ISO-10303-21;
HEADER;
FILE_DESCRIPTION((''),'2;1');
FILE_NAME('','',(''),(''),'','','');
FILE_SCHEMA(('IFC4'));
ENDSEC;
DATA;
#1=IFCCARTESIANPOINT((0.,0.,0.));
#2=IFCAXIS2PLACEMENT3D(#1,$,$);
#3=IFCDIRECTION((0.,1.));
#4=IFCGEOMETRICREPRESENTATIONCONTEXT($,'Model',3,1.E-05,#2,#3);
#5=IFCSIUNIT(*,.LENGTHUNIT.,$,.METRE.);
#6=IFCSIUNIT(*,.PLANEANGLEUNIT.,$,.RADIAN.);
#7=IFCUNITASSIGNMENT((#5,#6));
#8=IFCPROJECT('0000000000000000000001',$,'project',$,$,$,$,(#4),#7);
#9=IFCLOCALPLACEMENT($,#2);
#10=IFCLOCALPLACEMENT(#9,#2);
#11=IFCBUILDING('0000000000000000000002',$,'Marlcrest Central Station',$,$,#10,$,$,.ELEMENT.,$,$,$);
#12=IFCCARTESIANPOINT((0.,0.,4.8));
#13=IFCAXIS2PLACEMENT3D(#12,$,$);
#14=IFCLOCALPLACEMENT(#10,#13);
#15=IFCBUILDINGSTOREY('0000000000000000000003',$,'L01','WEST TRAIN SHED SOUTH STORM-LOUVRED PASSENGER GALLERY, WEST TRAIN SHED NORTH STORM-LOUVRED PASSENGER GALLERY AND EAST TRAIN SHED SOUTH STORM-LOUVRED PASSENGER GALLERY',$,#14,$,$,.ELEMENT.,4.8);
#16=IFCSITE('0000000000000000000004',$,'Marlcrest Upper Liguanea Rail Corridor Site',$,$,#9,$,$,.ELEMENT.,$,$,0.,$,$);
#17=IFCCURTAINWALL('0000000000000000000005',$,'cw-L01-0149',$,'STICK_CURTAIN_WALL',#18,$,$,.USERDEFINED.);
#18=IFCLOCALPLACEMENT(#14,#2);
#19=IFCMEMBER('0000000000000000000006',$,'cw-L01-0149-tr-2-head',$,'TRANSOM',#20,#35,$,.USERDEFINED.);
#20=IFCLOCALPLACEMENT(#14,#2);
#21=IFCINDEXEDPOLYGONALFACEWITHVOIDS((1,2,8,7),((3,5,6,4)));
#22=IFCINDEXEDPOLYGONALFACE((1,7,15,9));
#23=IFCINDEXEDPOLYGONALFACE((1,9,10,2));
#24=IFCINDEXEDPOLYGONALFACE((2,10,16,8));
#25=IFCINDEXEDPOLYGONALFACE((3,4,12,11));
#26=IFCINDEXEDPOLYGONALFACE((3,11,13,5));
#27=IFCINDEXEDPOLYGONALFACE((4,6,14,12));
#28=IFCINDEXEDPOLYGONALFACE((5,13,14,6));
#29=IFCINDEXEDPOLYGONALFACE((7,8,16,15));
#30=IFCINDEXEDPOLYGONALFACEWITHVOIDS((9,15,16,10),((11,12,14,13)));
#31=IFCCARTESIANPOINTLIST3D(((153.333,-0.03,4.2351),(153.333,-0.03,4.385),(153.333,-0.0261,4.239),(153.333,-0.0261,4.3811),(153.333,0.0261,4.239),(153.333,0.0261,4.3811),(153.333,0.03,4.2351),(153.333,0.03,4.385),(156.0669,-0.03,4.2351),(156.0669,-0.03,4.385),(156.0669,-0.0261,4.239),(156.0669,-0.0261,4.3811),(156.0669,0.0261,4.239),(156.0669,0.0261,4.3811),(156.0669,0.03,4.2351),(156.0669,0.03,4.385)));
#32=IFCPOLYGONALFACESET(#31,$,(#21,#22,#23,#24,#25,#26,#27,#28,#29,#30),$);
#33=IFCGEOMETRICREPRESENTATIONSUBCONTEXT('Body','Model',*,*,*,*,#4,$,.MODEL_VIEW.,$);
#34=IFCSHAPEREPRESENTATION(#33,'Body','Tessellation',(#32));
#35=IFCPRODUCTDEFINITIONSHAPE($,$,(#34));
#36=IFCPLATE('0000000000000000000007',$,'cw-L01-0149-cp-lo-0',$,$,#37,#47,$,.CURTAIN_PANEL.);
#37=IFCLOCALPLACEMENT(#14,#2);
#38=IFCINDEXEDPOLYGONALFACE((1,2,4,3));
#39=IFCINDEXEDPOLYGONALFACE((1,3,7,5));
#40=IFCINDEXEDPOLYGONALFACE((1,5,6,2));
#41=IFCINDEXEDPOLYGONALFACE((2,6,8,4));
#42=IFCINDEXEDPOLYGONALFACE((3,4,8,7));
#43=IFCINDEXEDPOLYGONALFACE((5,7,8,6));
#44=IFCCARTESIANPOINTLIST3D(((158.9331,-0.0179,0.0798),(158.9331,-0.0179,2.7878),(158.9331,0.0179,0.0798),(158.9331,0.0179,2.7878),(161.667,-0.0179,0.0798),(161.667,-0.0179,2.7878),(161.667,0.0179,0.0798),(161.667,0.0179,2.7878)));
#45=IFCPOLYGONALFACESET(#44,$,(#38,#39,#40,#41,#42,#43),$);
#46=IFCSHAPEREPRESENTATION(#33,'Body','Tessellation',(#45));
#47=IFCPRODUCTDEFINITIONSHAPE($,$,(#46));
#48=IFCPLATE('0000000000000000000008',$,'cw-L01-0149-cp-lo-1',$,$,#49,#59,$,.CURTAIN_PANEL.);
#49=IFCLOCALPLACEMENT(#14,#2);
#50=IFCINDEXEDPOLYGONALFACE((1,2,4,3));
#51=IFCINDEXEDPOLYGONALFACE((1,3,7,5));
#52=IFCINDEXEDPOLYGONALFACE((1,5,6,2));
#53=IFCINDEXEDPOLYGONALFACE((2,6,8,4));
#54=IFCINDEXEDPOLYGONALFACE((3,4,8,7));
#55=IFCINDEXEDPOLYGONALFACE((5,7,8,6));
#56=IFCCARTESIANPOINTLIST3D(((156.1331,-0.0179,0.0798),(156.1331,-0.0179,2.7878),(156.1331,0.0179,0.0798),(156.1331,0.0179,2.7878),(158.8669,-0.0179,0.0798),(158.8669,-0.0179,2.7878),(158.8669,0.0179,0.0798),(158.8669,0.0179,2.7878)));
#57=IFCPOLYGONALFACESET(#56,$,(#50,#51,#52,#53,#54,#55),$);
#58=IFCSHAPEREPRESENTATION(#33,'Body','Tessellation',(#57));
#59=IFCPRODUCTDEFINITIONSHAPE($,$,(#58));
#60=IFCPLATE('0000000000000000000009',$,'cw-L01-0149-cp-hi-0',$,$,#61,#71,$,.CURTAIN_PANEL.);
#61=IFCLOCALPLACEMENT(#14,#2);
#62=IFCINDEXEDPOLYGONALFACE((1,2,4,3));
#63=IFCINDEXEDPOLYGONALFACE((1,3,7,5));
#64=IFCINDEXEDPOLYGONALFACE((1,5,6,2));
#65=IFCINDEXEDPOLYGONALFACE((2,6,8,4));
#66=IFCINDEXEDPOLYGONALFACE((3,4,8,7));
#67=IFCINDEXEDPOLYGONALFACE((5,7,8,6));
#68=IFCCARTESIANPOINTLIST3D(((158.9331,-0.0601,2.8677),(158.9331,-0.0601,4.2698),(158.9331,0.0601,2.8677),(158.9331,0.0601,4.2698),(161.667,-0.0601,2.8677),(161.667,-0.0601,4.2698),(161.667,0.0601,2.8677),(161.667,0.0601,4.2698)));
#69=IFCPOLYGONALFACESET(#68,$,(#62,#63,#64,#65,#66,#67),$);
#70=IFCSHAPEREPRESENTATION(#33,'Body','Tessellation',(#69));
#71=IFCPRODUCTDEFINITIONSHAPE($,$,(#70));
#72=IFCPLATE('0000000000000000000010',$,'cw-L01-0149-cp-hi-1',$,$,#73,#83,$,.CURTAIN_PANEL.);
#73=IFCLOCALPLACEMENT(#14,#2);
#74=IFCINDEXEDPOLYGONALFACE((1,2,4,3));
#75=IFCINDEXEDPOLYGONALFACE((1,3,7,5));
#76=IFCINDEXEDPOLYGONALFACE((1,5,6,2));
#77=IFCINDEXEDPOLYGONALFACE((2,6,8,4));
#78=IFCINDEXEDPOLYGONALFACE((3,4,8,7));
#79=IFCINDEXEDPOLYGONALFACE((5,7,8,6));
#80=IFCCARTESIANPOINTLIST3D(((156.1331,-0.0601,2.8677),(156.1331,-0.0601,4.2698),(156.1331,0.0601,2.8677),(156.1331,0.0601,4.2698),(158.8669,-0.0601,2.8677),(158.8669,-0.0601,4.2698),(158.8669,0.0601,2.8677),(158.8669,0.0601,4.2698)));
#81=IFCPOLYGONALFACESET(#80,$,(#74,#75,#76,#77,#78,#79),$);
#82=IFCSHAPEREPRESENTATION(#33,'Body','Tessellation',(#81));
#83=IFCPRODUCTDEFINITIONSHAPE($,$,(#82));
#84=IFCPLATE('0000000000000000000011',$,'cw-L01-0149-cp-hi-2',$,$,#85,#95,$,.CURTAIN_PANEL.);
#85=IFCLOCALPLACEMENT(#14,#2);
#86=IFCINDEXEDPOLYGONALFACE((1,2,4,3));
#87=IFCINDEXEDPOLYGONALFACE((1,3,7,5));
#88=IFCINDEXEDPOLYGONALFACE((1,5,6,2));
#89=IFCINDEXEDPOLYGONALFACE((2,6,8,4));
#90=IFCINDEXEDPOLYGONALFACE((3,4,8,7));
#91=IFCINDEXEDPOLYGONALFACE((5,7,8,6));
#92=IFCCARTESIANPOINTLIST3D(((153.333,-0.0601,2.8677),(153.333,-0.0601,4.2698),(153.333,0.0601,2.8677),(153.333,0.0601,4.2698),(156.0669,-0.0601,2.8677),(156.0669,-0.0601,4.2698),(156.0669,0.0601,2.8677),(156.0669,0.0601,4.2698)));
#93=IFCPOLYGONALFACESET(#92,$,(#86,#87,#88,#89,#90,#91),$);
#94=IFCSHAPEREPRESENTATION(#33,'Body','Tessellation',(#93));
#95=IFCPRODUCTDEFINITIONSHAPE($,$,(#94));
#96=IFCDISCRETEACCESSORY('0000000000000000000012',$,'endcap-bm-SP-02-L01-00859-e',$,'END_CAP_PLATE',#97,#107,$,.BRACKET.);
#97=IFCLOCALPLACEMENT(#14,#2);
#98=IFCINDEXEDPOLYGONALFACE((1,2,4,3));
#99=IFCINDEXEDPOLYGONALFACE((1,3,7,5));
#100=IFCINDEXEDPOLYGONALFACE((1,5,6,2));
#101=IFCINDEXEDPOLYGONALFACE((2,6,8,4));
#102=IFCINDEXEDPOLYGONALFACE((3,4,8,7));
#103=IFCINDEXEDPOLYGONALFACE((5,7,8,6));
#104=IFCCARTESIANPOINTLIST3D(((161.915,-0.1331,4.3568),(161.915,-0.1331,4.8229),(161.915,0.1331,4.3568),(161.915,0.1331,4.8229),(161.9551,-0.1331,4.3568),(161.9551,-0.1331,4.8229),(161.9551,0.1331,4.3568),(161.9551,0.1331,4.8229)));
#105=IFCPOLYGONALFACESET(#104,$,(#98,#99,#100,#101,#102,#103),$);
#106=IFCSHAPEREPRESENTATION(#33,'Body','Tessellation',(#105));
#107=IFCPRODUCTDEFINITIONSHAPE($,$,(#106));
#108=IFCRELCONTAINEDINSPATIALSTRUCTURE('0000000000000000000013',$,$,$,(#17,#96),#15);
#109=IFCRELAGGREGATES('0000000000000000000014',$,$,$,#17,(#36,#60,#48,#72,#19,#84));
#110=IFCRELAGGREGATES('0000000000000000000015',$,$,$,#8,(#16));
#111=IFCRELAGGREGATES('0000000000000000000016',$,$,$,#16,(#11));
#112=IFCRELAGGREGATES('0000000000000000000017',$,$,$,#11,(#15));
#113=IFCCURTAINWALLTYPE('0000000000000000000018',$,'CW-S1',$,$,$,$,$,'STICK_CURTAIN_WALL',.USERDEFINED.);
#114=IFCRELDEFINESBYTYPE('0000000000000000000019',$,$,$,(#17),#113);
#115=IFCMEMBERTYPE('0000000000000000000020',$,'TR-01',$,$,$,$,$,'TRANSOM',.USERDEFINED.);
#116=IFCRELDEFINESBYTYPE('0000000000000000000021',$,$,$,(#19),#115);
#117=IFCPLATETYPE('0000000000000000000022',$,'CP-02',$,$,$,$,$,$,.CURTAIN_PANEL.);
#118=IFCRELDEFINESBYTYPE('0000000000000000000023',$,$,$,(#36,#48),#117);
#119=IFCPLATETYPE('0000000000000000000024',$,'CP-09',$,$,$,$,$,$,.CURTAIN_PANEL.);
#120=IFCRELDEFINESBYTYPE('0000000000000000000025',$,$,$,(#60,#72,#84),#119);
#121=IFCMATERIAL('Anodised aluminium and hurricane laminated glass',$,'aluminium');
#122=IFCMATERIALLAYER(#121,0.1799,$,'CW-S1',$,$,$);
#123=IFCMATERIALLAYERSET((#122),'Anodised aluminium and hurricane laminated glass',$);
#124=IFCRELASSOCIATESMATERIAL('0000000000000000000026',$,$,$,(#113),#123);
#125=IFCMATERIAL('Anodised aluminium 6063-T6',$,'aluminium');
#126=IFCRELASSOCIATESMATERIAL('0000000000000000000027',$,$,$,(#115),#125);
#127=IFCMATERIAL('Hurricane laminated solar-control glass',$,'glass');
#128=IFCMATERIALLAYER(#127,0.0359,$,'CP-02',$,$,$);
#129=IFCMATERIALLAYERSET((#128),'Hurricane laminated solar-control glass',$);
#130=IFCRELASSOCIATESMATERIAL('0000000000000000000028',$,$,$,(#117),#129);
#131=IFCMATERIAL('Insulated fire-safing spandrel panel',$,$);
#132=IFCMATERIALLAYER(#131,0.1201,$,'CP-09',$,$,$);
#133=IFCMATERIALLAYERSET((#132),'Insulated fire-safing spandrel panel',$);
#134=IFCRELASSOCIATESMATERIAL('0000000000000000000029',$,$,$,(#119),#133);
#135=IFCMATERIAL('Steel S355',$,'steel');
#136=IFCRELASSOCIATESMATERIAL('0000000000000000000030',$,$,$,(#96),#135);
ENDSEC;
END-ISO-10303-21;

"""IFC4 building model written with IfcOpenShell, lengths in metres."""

from ifc_helpers import new_model, si_unit, direction, frame, origin, origin_2d, place, context, subcontext, project, spatial, rectangle, hollow_rectangle, extrude, material, layer, layer_set, material_profile, profile_set, type_object, element, aggregate, save


model = new_model("IFC4")

# Units and contexts
model_context = context("Model", 3, precision=1e-05, world=origin(), true_north=direction((0.0, 1.0)))
body_context = subcontext(model_context, "Body", "Model", "MODEL_VIEW")
ifc_project = project(units=[si_unit("LENGTHUNIT", "METRE"), si_unit("PLANEANGLEUNIT", "RADIAN")], contexts=[model_context])

# Site, building, storey
site_placement = place(None, origin())
site = spatial("IfcSite", under=ifc_project, at=site_placement, Name="Marlcrest Upper Liguanea Rail Corridor Site", CompositionType="ELEMENT", RefElevation=0.0)
building_placement = place(site_placement, origin())
building = spatial("IfcBuilding", under=site, at=building_placement, Name="Marlcrest Central Station", CompositionType="ELEMENT")
storey_placement = place(building_placement, frame((0.0, 0.0, 4.8)))
storey = spatial("IfcBuildingStorey", under=building, at=storey_placement, Name="L01", Description="WEST TRAIN SHED SOUTH STORM-LOUVRED PASSENGER GALLERY, WEST TRAIN SHED NORTH STORM-LOUVRED PASSENGER GALLERY AND EAST TRAIN SHED SOUTH STORM-LOUVRED PASSENGER GALLERY", CompositionType="ELEMENT", Elevation=4.8)

# Shared definitions
ifc_material_1 = material(Name="Steel S355", Category="steel")

# Curtain wall, member, plates
ifc_material_2 = material(Name="Anodised aluminium and hurricane laminated glass", Category="aluminium")
ifc_layer_1 = layer(ifc_material_2, 0.1799, Name="CW-S1")
ifc_layer_set_1 = layer_set([ifc_layer_1], Name="Anodised aluminium and hurricane laminated glass")
curtain_wall_type = type_object("IfcCurtainWallType", Name="CW-S1", ElementType="STICK_CURTAIN_WALL", PredefinedType="USERDEFINED", material=ifc_layer_set_1)
curtain_wall_placement = place(storey_placement, origin())
curtain_wall = element("IfcCurtainWall", 1, at=curtain_wall_placement, inside=storey, type_object=curtain_wall_type, Name="cw-L01-0149", ObjectType="STICK_CURTAIN_WALL", PredefinedType="USERDEFINED")
ifc_material_3 = material(Name="Anodised aluminium 6063-T6", Category="aluminium")
ifc_material_profile_1 = material_profile(ifc_material_3, hollow_rectangle(XDim=0.0601, YDim=0.1499, WallThickness=0.0039, at=origin_2d()), Name="AA-RHS 150x60x4")
ifc_profile_set_1 = profile_set([ifc_material_profile_1], Name="Anodised aluminium 6063-T6")
member_type_1 = type_object("IfcMemberType", Name="TR-01", ElementType="TRANSOM", PredefinedType="USERDEFINED", material=ifc_profile_set_1)
member_1_placement = place(storey_placement, frame((156.0669, 0.0, 4.3101), z_axis=(-1.0, 0.0, 0.0), x_axis=(0.0, -1.0, 0.0)))
member_1 = element("IfcMember", 2, at=member_1_placement, type_object=member_type_1, Name="cw-L01-0149-tr-2-head", ObjectType="TRANSOM", PredefinedType="USERDEFINED", context=body_context, shape_type="SweptSolid", body=[
    extrude(hollow_rectangle(XDim=0.0601, YDim=0.1499, WallThickness=0.0039, at=origin_2d()), origin(), (0.0, 0.0, 1.0), 2.7339),
])
ifc_material_4 = material(Name="Hurricane laminated solar-control glass", Category="glass")
ifc_layer_2 = layer(ifc_material_4, 0.0359, Name="CP-02")
ifc_layer_set_2 = layer_set([ifc_layer_2], Name="Hurricane laminated solar-control glass")
plate_type_1 = type_object("IfcPlateType", Name="CP-02", PredefinedType="CURTAIN_PANEL", material=ifc_layer_set_2)
plate_1_placement = place(storey_placement, frame((160.3, 0.0, 0.0798), z_axis=(0.0, 0.0, 1.0), x_axis=(-1.0, 0.0, 0.0)))
plate_1 = element("IfcPlate", 3, at=plate_1_placement, type_object=plate_type_1, Name="cw-L01-0149-cp-lo-0", PredefinedType="CURTAIN_PANEL", context=body_context, shape_type="SweptSolid", body=[
    extrude(rectangle(XDim=2.7339, YDim=0.0359, at=origin_2d()), origin(), (0.0, 0.0, 1.0), 2.708),
])
plate_2_placement = place(storey_placement, frame((157.5, 0.0, 0.0798), z_axis=(0.0, 0.0, 1.0), x_axis=(-1.0, 0.0, 0.0)))
plate_2 = element("IfcPlate", 4, at=plate_2_placement, type_object=plate_type_1, Name="cw-L01-0149-cp-lo-1", PredefinedType="CURTAIN_PANEL", context=body_context, shape_type="SweptSolid", body=[
    extrude(rectangle(XDim=2.7339, YDim=0.0359, at=origin_2d()), origin(), (0.0, 0.0, 1.0), 2.708),
])
ifc_material_5 = material(Name="Insulated fire-safing spandrel panel")
ifc_layer_3 = layer(ifc_material_5, 0.1201, Name="CP-09")
ifc_layer_set_3 = layer_set([ifc_layer_3], Name="Insulated fire-safing spandrel panel")
plate_type_2 = type_object("IfcPlateType", Name="CP-09", PredefinedType="CURTAIN_PANEL", material=ifc_layer_set_3)
plate_3_placement = place(storey_placement, frame((160.3, 0.0, 2.8677), z_axis=(0.0, 0.0, 1.0), x_axis=(-1.0, 0.0, 0.0)))
plate_3 = element("IfcPlate", 5, at=plate_3_placement, type_object=plate_type_2, Name="cw-L01-0149-cp-hi-0", PredefinedType="CURTAIN_PANEL", context=body_context, shape_type="SweptSolid", body=[
    extrude(rectangle(XDim=2.7339, YDim=0.1201, at=origin_2d()), origin(), (0.0, 0.0, 1.0), 1.4021),
])
plate_4_placement = place(storey_placement, frame((157.5, 0.0, 2.8677), z_axis=(0.0, 0.0, 1.0), x_axis=(-1.0, 0.0, 0.0)))
plate_4 = element("IfcPlate", 6, at=plate_4_placement, type_object=plate_type_2, Name="cw-L01-0149-cp-hi-1", PredefinedType="CURTAIN_PANEL", context=body_context, shape_type="SweptSolid", body=[
    extrude(rectangle(XDim=2.7339, YDim=0.1201, at=origin_2d()), origin(), (0.0, 0.0, 1.0), 1.4021),
])
plate_5_placement = place(storey_placement, frame((154.7, 0.0, 2.8677), z_axis=(0.0, 0.0, 1.0), x_axis=(-1.0, 0.0, 0.0)))
plate_5 = element("IfcPlate", 7, at=plate_5_placement, type_object=plate_type_2, Name="cw-L01-0149-cp-hi-2", PredefinedType="CURTAIN_PANEL", context=body_context, shape_type="SweptSolid", body=[
    extrude(rectangle(XDim=2.7339, YDim=0.1201, at=origin_2d()), origin(), (0.0, 0.0, 1.0), 1.4021),
])
aggregate(curtain_wall, [plate_1, plate_3, plate_2, plate_4, member_1, plate_5])

# Discrete accessory
discrete_accessory_placement = place(storey_placement, frame((161.915, 0.0, 4.5898), z_axis=(1.0, 0.0, 0.0), x_axis=(0.0, 1.0, 0.0)))
element("IfcDiscreteAccessory", 8, at=discrete_accessory_placement, inside=storey, material=ifc_material_1, Name="endcap-bm-SP-02-L01-00859-e", ObjectType="END_CAP_PLATE", PredefinedType="BRACKET", context=body_context, shape_type="SweptSolid", body=[
    extrude(rectangle(XDim=0.2661, YDim=0.4661, at=origin_2d()), origin(), (0.0, 0.0, 1.0), 0.04),
])

save(model, "model.ifc")
